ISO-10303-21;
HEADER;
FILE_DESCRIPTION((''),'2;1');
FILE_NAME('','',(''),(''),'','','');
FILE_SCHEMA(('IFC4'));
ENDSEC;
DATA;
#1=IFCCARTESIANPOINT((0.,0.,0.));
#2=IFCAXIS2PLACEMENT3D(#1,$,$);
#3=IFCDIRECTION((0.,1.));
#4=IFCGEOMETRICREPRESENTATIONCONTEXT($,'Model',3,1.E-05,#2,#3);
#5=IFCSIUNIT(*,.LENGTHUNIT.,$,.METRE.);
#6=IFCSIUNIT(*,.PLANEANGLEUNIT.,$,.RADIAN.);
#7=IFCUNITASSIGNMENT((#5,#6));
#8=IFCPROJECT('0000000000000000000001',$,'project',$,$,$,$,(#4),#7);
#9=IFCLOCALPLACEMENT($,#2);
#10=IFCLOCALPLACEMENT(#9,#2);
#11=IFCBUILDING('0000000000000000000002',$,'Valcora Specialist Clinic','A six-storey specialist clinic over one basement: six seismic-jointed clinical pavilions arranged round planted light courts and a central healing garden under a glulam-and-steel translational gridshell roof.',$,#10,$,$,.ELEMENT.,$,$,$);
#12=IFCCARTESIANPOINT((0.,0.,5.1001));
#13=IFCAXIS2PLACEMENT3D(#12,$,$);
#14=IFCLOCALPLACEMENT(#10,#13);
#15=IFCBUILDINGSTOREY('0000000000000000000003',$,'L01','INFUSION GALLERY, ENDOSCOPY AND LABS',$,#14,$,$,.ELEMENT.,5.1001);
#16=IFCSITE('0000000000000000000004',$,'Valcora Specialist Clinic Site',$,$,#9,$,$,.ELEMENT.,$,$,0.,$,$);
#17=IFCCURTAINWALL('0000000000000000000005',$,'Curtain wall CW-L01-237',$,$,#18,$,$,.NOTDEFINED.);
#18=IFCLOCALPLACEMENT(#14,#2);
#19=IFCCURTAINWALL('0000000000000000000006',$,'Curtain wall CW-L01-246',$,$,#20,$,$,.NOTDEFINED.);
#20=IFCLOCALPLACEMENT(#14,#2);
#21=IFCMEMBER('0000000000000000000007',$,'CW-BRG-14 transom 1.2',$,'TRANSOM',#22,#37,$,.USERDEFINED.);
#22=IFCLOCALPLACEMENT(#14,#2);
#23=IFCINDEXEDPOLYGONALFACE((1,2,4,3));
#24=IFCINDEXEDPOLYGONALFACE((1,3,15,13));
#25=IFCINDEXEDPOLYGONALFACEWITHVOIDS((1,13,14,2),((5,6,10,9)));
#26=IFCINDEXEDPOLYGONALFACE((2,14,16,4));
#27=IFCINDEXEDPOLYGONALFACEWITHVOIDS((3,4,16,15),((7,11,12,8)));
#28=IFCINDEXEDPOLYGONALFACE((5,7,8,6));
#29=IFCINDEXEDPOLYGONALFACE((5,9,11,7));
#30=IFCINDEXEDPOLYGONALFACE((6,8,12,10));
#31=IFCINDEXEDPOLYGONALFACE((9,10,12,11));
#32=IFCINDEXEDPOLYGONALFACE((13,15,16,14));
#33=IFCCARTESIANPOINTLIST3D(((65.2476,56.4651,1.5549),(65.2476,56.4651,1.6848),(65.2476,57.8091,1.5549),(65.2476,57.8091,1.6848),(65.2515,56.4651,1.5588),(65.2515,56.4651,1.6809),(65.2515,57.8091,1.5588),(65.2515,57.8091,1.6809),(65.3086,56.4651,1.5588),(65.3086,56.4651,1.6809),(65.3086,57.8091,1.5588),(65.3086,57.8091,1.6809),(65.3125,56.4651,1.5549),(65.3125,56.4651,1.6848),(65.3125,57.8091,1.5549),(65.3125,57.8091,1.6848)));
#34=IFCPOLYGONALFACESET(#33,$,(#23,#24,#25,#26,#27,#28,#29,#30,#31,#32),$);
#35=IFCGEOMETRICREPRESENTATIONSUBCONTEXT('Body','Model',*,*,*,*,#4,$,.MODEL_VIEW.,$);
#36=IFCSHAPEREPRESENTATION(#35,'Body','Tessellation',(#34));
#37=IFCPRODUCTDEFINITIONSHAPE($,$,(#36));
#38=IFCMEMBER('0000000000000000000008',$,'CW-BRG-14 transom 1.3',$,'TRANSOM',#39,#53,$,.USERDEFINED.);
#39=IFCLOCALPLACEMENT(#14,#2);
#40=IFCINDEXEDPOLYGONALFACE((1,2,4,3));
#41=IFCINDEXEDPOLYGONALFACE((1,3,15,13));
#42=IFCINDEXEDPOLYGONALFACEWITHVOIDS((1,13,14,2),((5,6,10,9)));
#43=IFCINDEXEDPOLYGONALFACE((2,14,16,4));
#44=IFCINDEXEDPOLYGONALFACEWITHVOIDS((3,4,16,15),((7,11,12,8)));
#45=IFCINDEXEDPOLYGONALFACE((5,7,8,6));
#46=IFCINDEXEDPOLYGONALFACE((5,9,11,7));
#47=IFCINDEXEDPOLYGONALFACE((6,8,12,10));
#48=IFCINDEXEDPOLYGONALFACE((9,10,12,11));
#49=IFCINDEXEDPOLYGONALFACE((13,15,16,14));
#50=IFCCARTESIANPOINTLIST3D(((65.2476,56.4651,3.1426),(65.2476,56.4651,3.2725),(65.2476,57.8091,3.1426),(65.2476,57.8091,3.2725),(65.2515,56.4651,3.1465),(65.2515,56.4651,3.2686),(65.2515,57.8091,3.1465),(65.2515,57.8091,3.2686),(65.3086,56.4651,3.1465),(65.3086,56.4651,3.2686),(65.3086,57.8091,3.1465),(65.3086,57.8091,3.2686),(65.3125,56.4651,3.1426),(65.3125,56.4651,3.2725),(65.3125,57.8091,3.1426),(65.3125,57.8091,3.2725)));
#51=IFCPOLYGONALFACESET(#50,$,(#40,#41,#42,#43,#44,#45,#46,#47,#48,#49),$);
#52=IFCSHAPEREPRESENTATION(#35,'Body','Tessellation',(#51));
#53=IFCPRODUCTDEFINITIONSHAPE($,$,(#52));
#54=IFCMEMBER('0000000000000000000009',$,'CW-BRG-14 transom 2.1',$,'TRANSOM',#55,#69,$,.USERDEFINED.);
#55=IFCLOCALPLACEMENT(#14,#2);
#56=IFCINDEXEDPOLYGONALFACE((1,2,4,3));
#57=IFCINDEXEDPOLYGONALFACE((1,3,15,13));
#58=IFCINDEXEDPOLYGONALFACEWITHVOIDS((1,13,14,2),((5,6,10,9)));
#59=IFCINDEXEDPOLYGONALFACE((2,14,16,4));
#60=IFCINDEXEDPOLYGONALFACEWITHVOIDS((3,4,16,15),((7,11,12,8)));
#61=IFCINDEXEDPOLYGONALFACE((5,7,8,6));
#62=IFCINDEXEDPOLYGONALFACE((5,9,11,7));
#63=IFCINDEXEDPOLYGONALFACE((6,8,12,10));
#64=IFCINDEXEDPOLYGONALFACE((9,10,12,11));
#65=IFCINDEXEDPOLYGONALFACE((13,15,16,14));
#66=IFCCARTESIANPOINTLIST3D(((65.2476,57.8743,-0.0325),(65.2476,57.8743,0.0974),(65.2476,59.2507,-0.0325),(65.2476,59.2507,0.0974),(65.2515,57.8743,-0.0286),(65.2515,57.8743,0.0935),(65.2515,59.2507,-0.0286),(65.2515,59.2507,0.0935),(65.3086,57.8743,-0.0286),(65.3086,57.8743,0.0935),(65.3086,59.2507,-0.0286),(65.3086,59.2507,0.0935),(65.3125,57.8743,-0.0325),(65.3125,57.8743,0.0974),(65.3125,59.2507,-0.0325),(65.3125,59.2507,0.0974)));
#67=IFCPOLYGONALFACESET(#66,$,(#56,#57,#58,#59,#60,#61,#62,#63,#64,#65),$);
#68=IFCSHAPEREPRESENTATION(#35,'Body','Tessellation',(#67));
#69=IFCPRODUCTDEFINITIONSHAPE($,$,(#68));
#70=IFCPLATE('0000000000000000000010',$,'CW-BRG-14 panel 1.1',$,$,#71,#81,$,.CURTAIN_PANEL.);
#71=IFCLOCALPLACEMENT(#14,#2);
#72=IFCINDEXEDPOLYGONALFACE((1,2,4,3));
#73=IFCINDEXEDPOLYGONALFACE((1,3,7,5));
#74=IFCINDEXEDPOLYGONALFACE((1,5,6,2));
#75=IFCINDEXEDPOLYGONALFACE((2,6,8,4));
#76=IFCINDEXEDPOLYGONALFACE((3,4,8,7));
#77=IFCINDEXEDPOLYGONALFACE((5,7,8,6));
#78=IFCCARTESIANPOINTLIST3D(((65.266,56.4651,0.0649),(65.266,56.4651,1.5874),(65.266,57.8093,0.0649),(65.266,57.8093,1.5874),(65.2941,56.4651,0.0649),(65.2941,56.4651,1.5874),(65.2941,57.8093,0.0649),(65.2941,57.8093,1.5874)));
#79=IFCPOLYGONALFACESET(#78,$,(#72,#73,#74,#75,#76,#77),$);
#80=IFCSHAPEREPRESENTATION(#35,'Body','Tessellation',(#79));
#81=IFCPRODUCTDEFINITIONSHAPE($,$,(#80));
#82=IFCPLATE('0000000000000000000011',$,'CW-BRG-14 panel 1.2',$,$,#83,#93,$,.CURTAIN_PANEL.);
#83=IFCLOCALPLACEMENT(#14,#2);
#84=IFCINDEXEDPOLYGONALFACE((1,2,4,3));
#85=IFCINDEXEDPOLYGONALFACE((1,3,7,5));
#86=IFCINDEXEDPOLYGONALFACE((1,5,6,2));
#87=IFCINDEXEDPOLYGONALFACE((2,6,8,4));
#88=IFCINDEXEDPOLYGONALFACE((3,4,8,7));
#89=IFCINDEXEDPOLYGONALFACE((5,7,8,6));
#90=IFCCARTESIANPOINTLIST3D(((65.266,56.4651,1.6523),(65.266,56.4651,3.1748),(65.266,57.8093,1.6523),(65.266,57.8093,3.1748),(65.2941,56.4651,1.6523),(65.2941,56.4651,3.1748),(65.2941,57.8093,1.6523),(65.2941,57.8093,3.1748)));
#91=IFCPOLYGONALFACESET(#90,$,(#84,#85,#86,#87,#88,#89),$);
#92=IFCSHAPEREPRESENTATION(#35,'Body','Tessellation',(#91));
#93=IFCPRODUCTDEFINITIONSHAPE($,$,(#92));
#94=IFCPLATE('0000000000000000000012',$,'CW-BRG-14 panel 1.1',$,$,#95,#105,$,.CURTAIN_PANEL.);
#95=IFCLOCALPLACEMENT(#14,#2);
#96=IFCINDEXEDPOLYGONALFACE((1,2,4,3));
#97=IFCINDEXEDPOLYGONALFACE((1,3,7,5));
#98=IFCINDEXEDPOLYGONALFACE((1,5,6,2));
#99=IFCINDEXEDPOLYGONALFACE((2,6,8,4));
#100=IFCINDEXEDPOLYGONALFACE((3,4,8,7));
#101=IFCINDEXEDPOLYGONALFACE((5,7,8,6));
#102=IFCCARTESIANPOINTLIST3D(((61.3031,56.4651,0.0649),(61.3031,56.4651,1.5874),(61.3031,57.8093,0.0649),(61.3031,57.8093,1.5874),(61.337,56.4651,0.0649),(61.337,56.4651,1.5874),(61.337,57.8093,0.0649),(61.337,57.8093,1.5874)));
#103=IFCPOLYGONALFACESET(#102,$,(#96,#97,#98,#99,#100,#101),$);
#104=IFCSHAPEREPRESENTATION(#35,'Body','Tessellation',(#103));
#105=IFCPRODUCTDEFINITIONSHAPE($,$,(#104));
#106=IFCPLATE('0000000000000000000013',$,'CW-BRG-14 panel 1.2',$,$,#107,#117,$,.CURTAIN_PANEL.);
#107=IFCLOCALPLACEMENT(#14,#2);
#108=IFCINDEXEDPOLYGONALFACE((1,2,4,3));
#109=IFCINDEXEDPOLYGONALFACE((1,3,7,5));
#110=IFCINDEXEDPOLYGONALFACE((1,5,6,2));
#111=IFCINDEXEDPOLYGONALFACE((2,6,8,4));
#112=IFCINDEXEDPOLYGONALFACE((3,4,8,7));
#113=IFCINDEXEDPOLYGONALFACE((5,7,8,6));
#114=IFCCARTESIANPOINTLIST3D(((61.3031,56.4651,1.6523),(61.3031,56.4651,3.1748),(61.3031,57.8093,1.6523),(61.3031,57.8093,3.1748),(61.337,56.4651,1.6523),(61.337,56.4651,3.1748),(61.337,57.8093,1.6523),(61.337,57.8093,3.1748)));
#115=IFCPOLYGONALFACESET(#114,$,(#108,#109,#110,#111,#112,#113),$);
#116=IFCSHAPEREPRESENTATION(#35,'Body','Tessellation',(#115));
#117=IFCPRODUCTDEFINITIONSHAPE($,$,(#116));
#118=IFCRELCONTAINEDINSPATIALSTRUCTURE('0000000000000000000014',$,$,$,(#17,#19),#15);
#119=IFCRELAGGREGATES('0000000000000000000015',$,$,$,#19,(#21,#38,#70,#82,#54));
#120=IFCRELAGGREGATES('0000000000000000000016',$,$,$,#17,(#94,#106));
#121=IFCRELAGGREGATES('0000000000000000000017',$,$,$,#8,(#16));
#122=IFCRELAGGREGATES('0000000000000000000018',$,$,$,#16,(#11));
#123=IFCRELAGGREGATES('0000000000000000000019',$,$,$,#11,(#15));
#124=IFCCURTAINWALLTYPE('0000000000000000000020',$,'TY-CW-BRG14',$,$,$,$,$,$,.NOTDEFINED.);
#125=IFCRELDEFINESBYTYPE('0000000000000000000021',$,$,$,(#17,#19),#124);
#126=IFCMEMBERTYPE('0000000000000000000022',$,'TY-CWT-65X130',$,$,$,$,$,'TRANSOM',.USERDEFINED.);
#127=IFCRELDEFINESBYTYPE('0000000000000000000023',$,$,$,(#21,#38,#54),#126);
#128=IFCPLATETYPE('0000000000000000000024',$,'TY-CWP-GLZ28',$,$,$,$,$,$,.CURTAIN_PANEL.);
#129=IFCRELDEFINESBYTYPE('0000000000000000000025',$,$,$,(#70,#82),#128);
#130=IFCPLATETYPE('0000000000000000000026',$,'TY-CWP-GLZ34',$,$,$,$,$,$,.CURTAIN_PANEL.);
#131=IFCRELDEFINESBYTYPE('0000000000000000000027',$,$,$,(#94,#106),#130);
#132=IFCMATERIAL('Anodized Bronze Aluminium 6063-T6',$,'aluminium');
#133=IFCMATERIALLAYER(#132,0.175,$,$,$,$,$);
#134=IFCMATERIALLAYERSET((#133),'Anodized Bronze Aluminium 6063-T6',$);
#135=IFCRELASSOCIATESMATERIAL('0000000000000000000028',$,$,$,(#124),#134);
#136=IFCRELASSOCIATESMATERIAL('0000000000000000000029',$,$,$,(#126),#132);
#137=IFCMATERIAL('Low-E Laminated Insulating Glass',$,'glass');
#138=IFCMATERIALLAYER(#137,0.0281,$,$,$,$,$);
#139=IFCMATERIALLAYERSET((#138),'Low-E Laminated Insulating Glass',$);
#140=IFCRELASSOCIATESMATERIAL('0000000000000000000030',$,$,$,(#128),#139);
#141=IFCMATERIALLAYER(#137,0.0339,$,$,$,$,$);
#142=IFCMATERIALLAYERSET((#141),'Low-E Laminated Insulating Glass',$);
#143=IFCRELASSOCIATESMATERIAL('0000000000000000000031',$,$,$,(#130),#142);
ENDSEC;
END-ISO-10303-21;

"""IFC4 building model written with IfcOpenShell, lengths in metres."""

from ifc_helpers import new_model, si_unit, direction, frame, origin, origin_2d, place, context, subcontext, project, spatial, rectangle, hollow_rectangle, extrude, material, layer, layer_set, material_profile, profile_set, type_object, element, aggregate, save


model = new_model("IFC4")

# Units and contexts
model_context = context("Model", 3, precision=1e-05, world=origin(), true_north=direction((0.0, 1.0)))
body_context = subcontext(model_context, "Body", "Model", "MODEL_VIEW")
ifc_project = project(units=[si_unit("LENGTHUNIT", "METRE"), si_unit("PLANEANGLEUNIT", "RADIAN")], contexts=[model_context])

# Site, building, storey
site_placement = place(None, origin())
site = spatial("IfcSite", under=ifc_project, at=site_placement, Name="Valcora Specialist Clinic Site", CompositionType="ELEMENT", RefElevation=0.0)
building_placement = place(site_placement, origin())
building = spatial("IfcBuilding", under=site, at=building_placement, Name="Valcora Specialist Clinic", Description="A six-storey specialist clinic over one basement: six seismic-jointed clinical pavilions arranged round planted light courts and a central healing garden under a glulam-and-steel translational gridshell roof.", CompositionType="ELEMENT")
storey_placement = place(building_placement, frame((0.0, 0.0, 5.1001)))
storey = spatial("IfcBuildingStorey", under=building, at=storey_placement, Name="L01", Description="INFUSION GALLERY, ENDOSCOPY AND LABS", CompositionType="ELEMENT", Elevation=5.1001)

# Shared definitions
ifc_material_1 = material(Name="Anodized Bronze Aluminium 6063-T6", Category="aluminium")
ifc_layer_1 = layer(ifc_material_1, 0.175)
ifc_layer_set_1 = layer_set([ifc_layer_1], Name="Anodized Bronze Aluminium 6063-T6")
curtain_wall_type = type_object("IfcCurtainWallType", Name="TY-CW-BRG14", PredefinedType="NOTDEFINED", material=ifc_layer_set_1)

# Curtain wall
curtain_wall_1_placement = place(storey_placement, origin())
curtain_wall_1 = element("IfcCurtainWall", 1, at=curtain_wall_1_placement, inside=storey, type_object=curtain_wall_type, Name="Curtain wall CW-L01-237", PredefinedType="NOTDEFINED")

# Curtain wall
curtain_wall_2_placement = place(storey_placement, origin())
curtain_wall_2 = element("IfcCurtainWall", 2, at=curtain_wall_2_placement, inside=storey, type_object=curtain_wall_type, Name="Curtain wall CW-L01-246", PredefinedType="NOTDEFINED")

# Members
ifc_material_profile_1 = material_profile(ifc_material_1, hollow_rectangle(XDim=0.0649, YDim=0.1299, WallThickness=0.0039, at=origin_2d()), Name="AL-TRN-65X130")
ifc_profile_set_1 = profile_set([ifc_material_profile_1], Name="Anodized Bronze Aluminium 6063-T6")
member_type_1 = type_object("IfcMemberType", Name="TY-CWT-65X130", ElementType="TRANSOM", PredefinedType="USERDEFINED", material=ifc_profile_set_1)
member_1_placement = place(storey_placement, frame((65.28, 56.4651, 1.6199), z_axis=(0.0, 1.0, 0.0), x_axis=(-1.0, 0.0, 0.0)))
member_1 = element("IfcMember", 3, at=member_1_placement, type_object=member_type_1, Name="CW-BRG-14 transom 1.2", ObjectType="TRANSOM", PredefinedType="USERDEFINED", context=body_context, shape_type="SweptSolid", body=[
    extrude(hollow_rectangle(XDim=0.0649, YDim=0.1299, WallThickness=0.0039, at=origin_2d()), origin(), (0.0, 0.0, 1.0), 1.344),
])
member_2_placement = place(storey_placement, frame((65.28, 56.4651, 3.2075), z_axis=(0.0, 1.0, 0.0), x_axis=(-1.0, 0.0, 0.0)))
member_2 = element("IfcMember", 4, at=member_2_placement, type_object=member_type_1, Name="CW-BRG-14 transom 1.3", ObjectType="TRANSOM", PredefinedType="USERDEFINED", context=body_context, shape_type="SweptSolid", body=[
    extrude(hollow_rectangle(XDim=0.0649, YDim=0.1299, WallThickness=0.0039, at=origin_2d()), origin(), (0.0, 0.0, 1.0), 1.344),
])
member_3_placement = place(storey_placement, frame((65.28, 57.8743, 0.0325), z_axis=(0.0, 1.0, 0.0), x_axis=(-1.0, 0.0, 0.0)))
member_3 = element("IfcMember", 5, at=member_3_placement, type_object=member_type_1, Name="CW-BRG-14 transom 2.1", ObjectType="TRANSOM", PredefinedType="USERDEFINED", context=body_context, shape_type="SweptSolid", body=[
    extrude(hollow_rectangle(XDim=0.0649, YDim=0.1299, WallThickness=0.0039, at=origin_2d()), origin(), (0.0, 0.0, 1.0), 1.3765),
])

# Plates
ifc_material_2 = material(Name="Low-E Laminated Insulating Glass", Category="glass")
ifc_layer_2 = layer(ifc_material_2, 0.0281)
ifc_layer_set_2 = layer_set([ifc_layer_2], Name="Low-E Laminated Insulating Glass")
plate_type_1 = type_object("IfcPlateType", Name="TY-CWP-GLZ28", PredefinedType="CURTAIN_PANEL", material=ifc_layer_set_2)
plate_1_placement = place(storey_placement, frame((65.28, 57.1372, 0.0649), z_axis=(0.0, 0.0, 1.0), x_axis=(0.0, 1.0, 0.0)))
plate_1 = element("IfcPlate", 6, at=plate_1_placement, type_object=plate_type_1, Name="CW-BRG-14 panel 1.1", PredefinedType="CURTAIN_PANEL", context=body_context, shape_type="SweptSolid", body=[
    extrude(rectangle(XDim=1.3442, YDim=0.0281, at=origin_2d()), origin(), (0.0, 0.0, 1.0), 1.5225),
])
plate_2_placement = place(storey_placement, frame((65.28, 57.1372, 1.6523), z_axis=(0.0, 0.0, 1.0), x_axis=(0.0, 1.0, 0.0)))
plate_2 = element("IfcPlate", 7, at=plate_2_placement, type_object=plate_type_1, Name="CW-BRG-14 panel 1.2", PredefinedType="CURTAIN_PANEL", context=body_context, shape_type="SweptSolid", body=[
    extrude(rectangle(XDim=1.3442, YDim=0.0281, at=origin_2d()), origin(), (0.0, 0.0, 1.0), 1.5225),
])
aggregate(curtain_wall_2, [member_1, member_2, plate_1, plate_2, member_3])
ifc_layer_3 = layer(ifc_material_2, 0.0339)
ifc_layer_set_3 = layer_set([ifc_layer_3], Name="Low-E Laminated Insulating Glass")
plate_type_2 = type_object("IfcPlateType", Name="TY-CWP-GLZ34", PredefinedType="CURTAIN_PANEL", material=ifc_layer_set_3)
plate_3_placement = place(storey_placement, frame((61.3201, 57.1372, 0.0649), z_axis=(0.0, 0.0, 1.0), x_axis=(0.0, 1.0, 0.0)))
plate_3 = element("IfcPlate", 8, at=plate_3_placement, type_object=plate_type_2, Name="CW-BRG-14 panel 1.1", PredefinedType="CURTAIN_PANEL", context=body_context, shape_type="SweptSolid", body=[
    extrude(rectangle(XDim=1.3442, YDim=0.0339, at=origin_2d()), origin(), (0.0, 0.0, 1.0), 1.5225),
])
plate_4_placement = place(storey_placement, frame((61.3201, 57.1372, 1.6523), z_axis=(0.0, 0.0, 1.0), x_axis=(0.0, 1.0, 0.0)))
plate_4 = element("IfcPlate", 9, at=plate_4_placement, type_object=plate_type_2, Name="CW-BRG-14 panel 1.2", PredefinedType="CURTAIN_PANEL", context=body_context, shape_type="SweptSolid", body=[
    extrude(rectangle(XDim=1.3442, YDim=0.0339, at=origin_2d()), origin(), (0.0, 0.0, 1.0), 1.5225),
])
aggregate(curtain_wall_1, [plate_3, plate_4])

save(model, "model.ifc")
